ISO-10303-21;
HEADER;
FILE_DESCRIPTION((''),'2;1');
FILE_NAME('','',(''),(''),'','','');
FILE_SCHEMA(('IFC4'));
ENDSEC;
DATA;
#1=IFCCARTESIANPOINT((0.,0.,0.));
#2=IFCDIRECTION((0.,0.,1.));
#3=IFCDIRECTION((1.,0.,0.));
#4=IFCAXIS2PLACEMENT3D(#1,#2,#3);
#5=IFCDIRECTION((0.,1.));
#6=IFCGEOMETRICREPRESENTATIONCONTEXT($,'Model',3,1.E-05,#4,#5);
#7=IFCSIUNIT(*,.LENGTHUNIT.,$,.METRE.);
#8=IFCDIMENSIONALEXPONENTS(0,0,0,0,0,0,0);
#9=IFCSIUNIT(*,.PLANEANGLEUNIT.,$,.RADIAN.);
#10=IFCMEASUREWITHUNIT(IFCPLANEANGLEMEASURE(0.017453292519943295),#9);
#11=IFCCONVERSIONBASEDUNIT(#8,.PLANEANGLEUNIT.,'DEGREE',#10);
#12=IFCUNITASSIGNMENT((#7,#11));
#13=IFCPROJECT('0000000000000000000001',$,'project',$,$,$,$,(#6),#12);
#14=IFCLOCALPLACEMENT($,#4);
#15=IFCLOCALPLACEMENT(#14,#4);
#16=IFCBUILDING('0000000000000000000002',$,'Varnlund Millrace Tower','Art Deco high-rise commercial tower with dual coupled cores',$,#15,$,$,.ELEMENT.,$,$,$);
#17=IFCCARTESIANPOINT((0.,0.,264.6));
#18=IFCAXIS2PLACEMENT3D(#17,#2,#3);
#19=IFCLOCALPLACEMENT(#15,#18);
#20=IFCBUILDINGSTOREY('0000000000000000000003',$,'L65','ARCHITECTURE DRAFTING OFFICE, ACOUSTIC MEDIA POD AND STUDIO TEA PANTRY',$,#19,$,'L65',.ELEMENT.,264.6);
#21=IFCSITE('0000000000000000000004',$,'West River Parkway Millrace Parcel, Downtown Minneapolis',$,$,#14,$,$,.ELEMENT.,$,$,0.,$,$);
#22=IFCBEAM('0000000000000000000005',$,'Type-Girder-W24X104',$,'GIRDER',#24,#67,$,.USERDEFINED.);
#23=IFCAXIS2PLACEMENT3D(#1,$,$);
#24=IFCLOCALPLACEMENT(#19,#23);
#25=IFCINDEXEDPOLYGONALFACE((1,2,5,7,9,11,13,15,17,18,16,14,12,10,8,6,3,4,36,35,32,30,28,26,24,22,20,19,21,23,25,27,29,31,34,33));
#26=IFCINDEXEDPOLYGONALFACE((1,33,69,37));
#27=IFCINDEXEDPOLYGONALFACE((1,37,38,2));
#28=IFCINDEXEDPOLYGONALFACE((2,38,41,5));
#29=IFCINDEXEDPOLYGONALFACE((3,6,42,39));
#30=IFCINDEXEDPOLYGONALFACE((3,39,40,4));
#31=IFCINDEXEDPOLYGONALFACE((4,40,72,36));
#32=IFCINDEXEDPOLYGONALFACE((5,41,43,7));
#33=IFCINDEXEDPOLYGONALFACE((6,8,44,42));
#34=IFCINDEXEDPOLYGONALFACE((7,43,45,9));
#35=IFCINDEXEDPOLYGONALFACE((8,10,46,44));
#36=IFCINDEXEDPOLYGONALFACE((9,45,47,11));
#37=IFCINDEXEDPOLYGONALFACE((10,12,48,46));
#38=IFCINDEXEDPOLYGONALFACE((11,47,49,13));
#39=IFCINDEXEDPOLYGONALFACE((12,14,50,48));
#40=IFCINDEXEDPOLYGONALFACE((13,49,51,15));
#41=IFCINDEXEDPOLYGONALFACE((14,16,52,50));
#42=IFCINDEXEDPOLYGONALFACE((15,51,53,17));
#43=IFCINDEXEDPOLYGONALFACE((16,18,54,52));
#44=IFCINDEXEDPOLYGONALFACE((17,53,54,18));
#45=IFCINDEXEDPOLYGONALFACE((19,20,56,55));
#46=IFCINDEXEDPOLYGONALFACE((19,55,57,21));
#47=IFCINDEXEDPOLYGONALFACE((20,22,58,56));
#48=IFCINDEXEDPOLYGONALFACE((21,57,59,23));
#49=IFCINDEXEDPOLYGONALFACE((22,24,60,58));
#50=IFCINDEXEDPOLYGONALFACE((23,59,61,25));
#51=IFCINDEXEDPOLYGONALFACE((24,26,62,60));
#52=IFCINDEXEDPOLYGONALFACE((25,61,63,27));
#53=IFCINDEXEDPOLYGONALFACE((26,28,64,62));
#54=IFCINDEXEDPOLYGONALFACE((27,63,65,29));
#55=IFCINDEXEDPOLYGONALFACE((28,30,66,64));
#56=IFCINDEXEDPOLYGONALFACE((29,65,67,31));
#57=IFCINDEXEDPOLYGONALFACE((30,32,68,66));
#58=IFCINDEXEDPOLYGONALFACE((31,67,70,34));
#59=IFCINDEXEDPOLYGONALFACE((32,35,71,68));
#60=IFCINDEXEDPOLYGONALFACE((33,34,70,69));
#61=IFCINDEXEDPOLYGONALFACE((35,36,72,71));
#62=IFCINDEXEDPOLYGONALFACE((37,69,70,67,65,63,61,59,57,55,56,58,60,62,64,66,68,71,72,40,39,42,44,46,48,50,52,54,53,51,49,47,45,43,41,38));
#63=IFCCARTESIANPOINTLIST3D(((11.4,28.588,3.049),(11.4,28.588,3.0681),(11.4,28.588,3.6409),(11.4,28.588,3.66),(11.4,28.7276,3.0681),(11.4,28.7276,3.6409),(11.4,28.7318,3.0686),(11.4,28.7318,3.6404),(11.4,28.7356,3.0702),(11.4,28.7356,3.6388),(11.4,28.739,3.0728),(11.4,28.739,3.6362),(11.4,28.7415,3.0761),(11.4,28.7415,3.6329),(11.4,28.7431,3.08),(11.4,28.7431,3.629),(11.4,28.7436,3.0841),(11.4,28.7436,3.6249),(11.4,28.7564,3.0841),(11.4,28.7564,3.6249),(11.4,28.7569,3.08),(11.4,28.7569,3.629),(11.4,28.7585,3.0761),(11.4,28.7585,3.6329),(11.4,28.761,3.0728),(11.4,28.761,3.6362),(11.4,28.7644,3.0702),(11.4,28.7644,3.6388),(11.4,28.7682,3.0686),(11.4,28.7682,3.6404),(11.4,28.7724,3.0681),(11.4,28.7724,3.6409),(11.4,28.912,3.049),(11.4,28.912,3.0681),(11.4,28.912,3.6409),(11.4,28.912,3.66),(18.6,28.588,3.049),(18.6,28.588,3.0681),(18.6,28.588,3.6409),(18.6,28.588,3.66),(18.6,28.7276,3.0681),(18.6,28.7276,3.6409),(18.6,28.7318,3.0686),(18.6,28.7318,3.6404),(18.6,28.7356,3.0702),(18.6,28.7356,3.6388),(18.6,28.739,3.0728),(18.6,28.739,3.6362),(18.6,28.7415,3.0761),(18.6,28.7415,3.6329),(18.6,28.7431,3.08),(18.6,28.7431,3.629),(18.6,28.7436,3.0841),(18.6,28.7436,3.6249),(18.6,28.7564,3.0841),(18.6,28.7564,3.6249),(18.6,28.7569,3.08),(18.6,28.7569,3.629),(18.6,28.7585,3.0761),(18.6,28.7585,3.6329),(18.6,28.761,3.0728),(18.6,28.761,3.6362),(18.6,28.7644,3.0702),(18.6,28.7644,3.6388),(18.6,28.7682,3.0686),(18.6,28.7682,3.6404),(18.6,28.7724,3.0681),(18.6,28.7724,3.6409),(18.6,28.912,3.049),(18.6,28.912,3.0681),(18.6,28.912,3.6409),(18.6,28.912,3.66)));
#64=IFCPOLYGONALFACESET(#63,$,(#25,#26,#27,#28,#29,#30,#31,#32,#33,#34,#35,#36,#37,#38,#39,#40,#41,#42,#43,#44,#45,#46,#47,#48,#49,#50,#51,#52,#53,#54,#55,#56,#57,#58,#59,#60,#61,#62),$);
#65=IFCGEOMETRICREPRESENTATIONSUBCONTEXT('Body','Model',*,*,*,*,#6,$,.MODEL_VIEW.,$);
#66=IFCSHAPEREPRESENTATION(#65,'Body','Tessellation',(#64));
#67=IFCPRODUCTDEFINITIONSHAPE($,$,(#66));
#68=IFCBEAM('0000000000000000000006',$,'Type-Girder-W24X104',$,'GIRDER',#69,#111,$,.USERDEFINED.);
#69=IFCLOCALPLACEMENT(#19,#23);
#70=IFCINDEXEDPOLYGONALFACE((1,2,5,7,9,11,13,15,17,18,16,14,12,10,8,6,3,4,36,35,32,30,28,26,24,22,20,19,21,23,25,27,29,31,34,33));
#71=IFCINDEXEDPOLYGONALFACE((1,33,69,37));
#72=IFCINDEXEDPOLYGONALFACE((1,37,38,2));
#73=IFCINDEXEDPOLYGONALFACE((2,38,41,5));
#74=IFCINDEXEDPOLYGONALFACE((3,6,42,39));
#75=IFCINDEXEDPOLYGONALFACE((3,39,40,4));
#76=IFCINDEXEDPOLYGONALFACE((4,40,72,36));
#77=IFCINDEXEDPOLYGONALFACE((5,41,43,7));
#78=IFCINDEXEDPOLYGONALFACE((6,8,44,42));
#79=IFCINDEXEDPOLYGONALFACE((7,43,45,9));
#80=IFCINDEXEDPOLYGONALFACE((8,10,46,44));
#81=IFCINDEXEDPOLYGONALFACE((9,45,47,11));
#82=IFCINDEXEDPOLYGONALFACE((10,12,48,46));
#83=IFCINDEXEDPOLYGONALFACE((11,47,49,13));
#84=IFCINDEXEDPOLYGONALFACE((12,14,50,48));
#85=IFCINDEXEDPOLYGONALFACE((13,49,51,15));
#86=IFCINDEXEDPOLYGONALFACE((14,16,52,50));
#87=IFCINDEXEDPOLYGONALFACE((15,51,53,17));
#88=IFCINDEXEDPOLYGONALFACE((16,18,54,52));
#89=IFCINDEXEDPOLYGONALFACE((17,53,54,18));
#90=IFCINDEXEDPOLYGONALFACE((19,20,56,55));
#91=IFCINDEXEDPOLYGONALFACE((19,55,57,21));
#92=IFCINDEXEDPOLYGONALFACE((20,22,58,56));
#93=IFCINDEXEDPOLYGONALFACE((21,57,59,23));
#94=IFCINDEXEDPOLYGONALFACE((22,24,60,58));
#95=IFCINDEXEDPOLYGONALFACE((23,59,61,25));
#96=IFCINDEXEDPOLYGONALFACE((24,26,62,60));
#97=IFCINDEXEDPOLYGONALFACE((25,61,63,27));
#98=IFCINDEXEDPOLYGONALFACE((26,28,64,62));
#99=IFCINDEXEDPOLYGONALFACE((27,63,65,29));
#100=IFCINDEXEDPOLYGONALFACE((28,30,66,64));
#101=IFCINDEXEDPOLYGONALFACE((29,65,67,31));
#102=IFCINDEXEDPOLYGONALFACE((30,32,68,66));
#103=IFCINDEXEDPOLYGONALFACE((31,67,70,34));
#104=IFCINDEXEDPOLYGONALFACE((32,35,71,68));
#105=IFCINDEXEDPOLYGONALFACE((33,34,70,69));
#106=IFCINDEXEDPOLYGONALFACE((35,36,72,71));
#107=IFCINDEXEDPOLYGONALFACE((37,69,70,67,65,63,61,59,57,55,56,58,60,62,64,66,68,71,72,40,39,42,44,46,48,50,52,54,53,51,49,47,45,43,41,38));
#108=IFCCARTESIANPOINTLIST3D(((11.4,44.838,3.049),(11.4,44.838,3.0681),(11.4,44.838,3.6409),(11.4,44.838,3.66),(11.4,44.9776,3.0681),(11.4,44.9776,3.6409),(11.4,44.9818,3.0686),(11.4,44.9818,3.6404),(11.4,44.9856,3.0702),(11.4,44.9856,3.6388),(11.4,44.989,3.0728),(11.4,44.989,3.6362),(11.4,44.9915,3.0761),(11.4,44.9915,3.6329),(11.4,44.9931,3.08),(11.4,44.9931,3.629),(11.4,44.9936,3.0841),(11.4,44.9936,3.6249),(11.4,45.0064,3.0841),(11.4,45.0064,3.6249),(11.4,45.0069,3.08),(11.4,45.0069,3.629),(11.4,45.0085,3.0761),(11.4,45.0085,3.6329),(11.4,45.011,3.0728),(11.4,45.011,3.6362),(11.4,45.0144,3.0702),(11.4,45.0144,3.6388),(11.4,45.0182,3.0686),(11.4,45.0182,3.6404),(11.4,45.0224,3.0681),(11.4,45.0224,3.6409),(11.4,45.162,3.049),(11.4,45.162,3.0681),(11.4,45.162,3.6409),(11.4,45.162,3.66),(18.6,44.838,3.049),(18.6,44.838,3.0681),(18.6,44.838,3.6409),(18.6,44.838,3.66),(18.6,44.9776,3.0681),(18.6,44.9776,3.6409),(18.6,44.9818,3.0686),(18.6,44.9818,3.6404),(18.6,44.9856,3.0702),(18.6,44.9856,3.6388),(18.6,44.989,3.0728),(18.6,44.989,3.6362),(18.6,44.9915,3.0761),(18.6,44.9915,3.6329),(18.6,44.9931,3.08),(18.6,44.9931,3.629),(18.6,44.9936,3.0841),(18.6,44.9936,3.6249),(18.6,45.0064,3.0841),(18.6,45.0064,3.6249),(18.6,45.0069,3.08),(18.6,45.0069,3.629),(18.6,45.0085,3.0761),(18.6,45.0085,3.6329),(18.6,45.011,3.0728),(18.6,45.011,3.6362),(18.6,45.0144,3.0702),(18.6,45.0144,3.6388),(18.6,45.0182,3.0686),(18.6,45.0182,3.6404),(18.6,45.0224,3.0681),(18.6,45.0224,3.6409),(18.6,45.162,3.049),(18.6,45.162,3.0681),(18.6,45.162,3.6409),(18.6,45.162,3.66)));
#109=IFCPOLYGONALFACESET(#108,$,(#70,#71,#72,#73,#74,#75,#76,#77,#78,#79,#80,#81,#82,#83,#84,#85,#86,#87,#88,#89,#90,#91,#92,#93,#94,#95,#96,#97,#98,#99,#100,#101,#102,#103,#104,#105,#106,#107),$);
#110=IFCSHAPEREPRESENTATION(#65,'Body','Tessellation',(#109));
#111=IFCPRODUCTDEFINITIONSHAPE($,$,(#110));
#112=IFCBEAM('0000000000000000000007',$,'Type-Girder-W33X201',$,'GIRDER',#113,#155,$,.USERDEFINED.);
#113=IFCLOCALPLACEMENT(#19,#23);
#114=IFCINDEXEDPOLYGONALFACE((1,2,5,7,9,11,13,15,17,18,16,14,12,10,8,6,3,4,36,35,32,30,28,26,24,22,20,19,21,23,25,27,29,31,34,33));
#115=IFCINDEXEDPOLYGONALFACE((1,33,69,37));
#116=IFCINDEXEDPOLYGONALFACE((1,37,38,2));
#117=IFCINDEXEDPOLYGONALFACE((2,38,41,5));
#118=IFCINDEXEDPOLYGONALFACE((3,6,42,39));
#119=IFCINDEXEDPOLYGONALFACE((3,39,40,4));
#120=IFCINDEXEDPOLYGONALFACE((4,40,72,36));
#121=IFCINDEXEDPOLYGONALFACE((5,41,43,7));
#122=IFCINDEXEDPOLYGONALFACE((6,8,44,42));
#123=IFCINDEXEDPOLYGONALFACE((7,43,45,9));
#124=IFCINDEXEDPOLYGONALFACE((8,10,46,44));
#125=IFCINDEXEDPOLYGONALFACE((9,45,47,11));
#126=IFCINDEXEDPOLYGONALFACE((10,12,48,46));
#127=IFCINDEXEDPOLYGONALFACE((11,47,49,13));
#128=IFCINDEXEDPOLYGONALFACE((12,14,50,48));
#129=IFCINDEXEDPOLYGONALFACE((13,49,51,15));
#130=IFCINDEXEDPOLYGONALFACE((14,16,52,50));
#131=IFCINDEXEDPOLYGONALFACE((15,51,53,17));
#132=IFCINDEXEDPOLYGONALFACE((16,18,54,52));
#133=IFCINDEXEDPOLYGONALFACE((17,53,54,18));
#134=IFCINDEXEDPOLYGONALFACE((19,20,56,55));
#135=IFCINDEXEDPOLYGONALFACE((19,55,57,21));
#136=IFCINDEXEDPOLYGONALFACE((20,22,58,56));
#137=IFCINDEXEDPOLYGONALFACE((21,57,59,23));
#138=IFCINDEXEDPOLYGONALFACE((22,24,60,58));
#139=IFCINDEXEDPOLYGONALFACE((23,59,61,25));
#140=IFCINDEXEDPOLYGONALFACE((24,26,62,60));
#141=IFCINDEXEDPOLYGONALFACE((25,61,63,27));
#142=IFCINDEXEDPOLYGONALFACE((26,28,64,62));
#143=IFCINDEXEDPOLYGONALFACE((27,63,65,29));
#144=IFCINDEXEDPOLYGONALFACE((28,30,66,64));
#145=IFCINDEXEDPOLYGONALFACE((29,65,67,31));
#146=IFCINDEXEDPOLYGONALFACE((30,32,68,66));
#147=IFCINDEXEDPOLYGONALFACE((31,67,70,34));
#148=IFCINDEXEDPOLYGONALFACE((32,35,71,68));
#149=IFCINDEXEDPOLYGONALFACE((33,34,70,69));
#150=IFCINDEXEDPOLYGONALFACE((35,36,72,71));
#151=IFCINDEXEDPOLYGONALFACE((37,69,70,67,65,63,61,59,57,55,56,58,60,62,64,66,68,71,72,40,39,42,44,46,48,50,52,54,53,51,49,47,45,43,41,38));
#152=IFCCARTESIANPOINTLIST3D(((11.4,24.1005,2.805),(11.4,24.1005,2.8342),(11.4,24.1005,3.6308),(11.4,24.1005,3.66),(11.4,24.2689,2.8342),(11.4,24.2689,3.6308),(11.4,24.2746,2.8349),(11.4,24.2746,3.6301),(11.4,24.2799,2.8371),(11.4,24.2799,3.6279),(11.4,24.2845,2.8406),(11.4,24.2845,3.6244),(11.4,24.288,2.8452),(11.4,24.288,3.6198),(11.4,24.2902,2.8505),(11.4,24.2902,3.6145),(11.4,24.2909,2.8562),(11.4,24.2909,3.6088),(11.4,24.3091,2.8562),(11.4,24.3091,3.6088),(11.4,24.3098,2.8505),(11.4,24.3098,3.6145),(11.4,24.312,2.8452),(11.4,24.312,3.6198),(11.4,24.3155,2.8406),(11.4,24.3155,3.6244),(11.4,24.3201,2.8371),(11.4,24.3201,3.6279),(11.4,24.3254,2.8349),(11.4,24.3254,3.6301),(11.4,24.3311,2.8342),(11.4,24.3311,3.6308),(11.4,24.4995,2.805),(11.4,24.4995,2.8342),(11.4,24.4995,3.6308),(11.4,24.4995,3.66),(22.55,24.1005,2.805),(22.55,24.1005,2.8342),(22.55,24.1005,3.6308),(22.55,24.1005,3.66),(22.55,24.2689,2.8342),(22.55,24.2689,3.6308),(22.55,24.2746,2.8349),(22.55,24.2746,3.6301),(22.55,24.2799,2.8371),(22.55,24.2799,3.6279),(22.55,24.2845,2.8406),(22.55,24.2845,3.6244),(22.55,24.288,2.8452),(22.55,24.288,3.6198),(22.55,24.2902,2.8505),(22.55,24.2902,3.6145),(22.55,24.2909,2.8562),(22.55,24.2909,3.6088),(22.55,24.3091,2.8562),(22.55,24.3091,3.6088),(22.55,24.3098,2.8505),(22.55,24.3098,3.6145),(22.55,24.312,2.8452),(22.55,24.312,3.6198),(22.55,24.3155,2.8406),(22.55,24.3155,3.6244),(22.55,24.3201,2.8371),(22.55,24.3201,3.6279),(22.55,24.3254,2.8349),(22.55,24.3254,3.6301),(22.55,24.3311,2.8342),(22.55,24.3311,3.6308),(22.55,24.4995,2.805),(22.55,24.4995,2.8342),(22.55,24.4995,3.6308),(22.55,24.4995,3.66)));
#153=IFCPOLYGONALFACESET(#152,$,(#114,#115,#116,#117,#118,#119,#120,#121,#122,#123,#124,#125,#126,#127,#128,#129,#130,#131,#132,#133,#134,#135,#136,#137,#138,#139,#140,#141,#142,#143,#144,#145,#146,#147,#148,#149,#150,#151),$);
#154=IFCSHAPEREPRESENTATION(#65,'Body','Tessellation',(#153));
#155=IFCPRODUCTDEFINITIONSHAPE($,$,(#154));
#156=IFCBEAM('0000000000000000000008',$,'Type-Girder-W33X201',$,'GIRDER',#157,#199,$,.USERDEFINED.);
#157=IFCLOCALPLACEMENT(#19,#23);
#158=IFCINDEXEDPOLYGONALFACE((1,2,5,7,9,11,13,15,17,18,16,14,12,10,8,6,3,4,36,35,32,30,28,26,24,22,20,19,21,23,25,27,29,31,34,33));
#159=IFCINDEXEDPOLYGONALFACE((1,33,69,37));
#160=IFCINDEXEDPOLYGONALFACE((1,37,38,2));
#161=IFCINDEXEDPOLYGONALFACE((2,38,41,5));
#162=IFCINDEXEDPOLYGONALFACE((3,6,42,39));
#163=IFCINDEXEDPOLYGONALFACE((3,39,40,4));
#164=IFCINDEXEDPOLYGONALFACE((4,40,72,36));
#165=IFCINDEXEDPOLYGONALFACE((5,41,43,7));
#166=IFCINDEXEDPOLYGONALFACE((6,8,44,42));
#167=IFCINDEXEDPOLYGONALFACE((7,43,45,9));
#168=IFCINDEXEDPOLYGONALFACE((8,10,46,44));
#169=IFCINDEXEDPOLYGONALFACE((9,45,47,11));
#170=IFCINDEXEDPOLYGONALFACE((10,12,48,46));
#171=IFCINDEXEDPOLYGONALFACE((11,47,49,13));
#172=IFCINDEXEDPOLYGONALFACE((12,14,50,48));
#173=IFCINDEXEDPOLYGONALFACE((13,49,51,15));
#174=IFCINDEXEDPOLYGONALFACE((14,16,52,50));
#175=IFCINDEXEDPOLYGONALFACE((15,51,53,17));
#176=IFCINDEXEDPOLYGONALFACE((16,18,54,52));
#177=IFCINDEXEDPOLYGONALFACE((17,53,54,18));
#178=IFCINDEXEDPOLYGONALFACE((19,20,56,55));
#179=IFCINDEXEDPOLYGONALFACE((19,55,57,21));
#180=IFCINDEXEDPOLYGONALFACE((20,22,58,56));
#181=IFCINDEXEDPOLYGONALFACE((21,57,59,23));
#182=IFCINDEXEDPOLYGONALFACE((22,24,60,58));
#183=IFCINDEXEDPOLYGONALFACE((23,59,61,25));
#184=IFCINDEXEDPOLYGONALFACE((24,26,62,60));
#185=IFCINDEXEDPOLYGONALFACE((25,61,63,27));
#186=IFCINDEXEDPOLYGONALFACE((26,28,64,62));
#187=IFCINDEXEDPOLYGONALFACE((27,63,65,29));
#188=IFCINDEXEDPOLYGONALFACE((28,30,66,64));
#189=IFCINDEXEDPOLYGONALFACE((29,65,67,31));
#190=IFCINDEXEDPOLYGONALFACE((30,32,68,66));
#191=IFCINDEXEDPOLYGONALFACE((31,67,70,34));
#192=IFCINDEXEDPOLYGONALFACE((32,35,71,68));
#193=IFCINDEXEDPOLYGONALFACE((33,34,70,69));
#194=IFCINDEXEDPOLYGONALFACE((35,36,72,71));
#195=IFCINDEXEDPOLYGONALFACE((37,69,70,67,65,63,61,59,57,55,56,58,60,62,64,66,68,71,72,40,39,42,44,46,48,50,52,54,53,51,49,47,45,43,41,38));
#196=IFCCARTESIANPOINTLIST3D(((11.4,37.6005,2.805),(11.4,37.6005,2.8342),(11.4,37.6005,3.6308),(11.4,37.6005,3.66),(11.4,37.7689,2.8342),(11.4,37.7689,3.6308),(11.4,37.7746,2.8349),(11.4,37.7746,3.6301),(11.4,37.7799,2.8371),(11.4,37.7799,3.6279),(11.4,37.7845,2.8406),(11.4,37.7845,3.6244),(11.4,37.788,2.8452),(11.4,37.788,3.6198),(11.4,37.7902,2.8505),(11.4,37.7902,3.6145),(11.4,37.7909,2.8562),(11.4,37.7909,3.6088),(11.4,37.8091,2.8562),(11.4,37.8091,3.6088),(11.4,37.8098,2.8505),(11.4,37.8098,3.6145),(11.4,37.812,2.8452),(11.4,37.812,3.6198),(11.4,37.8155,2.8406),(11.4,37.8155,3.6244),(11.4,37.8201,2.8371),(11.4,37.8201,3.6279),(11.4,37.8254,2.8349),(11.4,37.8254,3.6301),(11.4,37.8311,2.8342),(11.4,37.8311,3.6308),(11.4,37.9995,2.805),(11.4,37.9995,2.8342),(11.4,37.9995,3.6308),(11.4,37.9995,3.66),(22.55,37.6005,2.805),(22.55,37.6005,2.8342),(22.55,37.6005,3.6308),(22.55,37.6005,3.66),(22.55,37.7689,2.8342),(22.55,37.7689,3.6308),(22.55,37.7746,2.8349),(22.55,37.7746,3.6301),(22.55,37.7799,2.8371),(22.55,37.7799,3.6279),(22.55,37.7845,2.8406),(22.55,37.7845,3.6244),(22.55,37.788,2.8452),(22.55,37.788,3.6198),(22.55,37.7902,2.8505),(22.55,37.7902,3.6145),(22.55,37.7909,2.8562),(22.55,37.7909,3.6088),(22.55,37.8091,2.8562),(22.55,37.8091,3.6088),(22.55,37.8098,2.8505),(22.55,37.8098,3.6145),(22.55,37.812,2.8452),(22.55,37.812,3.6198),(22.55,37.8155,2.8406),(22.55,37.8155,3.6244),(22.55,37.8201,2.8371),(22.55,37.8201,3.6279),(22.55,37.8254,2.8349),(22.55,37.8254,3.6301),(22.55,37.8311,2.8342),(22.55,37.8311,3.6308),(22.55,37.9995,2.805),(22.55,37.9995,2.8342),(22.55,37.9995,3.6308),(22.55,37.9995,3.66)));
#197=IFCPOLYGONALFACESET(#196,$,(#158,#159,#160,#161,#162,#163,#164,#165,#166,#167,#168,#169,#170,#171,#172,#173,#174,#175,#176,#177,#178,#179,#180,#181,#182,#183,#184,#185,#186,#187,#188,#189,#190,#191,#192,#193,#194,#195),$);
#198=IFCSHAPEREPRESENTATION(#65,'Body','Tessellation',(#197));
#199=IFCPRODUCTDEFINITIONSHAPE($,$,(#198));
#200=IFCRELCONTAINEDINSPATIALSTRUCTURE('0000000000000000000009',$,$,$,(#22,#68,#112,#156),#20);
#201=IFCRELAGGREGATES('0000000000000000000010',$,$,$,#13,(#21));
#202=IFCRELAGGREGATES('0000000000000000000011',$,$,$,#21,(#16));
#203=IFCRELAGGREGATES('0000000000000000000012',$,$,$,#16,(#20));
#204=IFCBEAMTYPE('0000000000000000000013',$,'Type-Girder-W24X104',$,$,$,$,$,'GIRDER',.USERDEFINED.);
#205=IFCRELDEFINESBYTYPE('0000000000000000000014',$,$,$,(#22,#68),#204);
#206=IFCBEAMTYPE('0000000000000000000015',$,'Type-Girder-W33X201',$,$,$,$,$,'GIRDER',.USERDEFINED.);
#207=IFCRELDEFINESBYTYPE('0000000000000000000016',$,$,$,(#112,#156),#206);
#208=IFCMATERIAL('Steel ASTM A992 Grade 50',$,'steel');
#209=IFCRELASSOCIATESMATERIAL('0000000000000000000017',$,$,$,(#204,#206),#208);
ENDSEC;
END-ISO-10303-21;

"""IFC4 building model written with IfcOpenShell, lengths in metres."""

from ifc_helpers import new_model, entity, si_unit, converted_unit, direction, frame, origin_with_axes, origin_2d_with_axis, place, context, subcontext, project, spatial, i_section, extrude, material, material_profile, profile_set, type_object, element, save


model = new_model("IFC4")

# Units and contexts
model_context = context("Model", 3, precision=1e-05, world=origin_with_axes(), true_north=direction((0.0, 1.0)))
body_context = subcontext(model_context, "Body", "Model", "MODEL_VIEW")
ifc_project = project(units=[si_unit("LENGTHUNIT", "METRE"), converted_unit("PLANEANGLEUNIT", "DEGREE", entity("IfcPlaneAngleMeasure", 0.017453292519943295), si_unit("PLANEANGLEUNIT", "RADIAN"), dimensions=[0, 0, 0, 0, 0, 0, 0])], contexts=[model_context])

# Site, building, storey
site_placement = place(None, origin_with_axes())
site = spatial("IfcSite", under=ifc_project, at=site_placement, Name="West River Parkway Millrace Parcel, Downtown Minneapolis", CompositionType="ELEMENT", RefElevation=0.0)
building_placement = place(site_placement, origin_with_axes())
building = spatial("IfcBuilding", under=site, at=building_placement, Name="Varnlund Millrace Tower", Description="Art Deco high-rise commercial tower with dual coupled cores", CompositionType="ELEMENT")
storey_placement = place(building_placement, frame((0.0, 0.0, 264.6), z_axis=(0.0, 0.0, 1.0), x_axis=(1.0, 0.0, 0.0)))
storey = spatial("IfcBuildingStorey", under=building, at=storey_placement, Name="L65", Description="ARCHITECTURE DRAFTING OFFICE, ACOUSTIC MEDIA POD AND STUDIO TEA PANTRY", LongName="L65", CompositionType="ELEMENT", Elevation=264.6)

# Beams
ifc_material_1 = material(Name="Steel ASTM A992 Grade 50", Category="steel")
ifc_material_profile_1 = material_profile(ifc_material_1, i_section(OverallWidth=0.324, OverallDepth=0.611, WebThickness=0.0127, FlangeThickness=0.0191, FilletRadius=0.016, at=origin_2d_with_axis()), Name="Steel ASTM A992 Grade 50")
ifc_profile_set_1 = profile_set([ifc_material_profile_1], Name="Steel ASTM A992 Grade 50")
beam_type_1 = type_object("IfcBeamType", Name="Type-Girder-W24X104", ElementType="GIRDER", PredefinedType="USERDEFINED", material=ifc_profile_set_1)
for number, where, z_axis, x_axis, name in (
    (1, (11.4, 28.75, 3.3545), (1.0, 0.0, 0.0), (0.0, 1.0, 0.0), "Type-Girder-W24X104"),
    (2, (11.4, 45.0, 3.3545), (1.0, 0.0, 0.0), (0.0, 1.0, 0.0), "Type-Girder-W24X104"),
):
    element("IfcBeam", number, at=place(storey_placement, frame(where, z_axis=z_axis, x_axis=x_axis)), inside=storey, type_object=beam_type_1, Name=name, ObjectType="GIRDER", PredefinedType="USERDEFINED", context=body_context, shape_type="SweptSolid", body=[
        extrude(i_section(OverallWidth=0.324, OverallDepth=0.611, WebThickness=0.0127, FlangeThickness=0.0191, FilletRadius=0.016, at=origin_2d_with_axis()), origin_with_axes(), (0.0, 0.0, 1.0), 7.2),
    ])
ifc_material_profile_2 = material_profile(ifc_material_1, i_section(OverallWidth=0.399, OverallDepth=0.855, WebThickness=0.0182, FlangeThickness=0.0292, FilletRadius=0.022, at=origin_2d_with_axis()), Name="Steel ASTM A992 Grade 50")
ifc_profile_set_2 = profile_set([ifc_material_profile_2], Name="Steel ASTM A992 Grade 50")
beam_type_2 = type_object("IfcBeamType", Name="Type-Girder-W33X201", ElementType="GIRDER", PredefinedType="USERDEFINED", material=ifc_profile_set_2)
for number, where, z_axis, x_axis, name in (
    (3, (11.4, 24.3, 3.2325), (1.0, 0.0, 0.0), (0.0, 1.0, 0.0), "Type-Girder-W33X201"),
    (4, (11.4, 37.8, 3.2325), (1.0, 0.0, 0.0), (0.0, 1.0, 0.0), "Type-Girder-W33X201"),
):
    element("IfcBeam", number, at=place(storey_placement, frame(where, z_axis=z_axis, x_axis=x_axis)), inside=storey, type_object=beam_type_2, Name=name, ObjectType="GIRDER", PredefinedType="USERDEFINED", context=body_context, shape_type="SweptSolid", body=[
        extrude(i_section(OverallWidth=0.399, OverallDepth=0.855, WebThickness=0.0182, FlangeThickness=0.0292, FilletRadius=0.022, at=origin_2d_with_axis()), origin_with_axes(), (0.0, 0.0, 1.0), 11.15),
    ])

save(model, "model.ifc")
